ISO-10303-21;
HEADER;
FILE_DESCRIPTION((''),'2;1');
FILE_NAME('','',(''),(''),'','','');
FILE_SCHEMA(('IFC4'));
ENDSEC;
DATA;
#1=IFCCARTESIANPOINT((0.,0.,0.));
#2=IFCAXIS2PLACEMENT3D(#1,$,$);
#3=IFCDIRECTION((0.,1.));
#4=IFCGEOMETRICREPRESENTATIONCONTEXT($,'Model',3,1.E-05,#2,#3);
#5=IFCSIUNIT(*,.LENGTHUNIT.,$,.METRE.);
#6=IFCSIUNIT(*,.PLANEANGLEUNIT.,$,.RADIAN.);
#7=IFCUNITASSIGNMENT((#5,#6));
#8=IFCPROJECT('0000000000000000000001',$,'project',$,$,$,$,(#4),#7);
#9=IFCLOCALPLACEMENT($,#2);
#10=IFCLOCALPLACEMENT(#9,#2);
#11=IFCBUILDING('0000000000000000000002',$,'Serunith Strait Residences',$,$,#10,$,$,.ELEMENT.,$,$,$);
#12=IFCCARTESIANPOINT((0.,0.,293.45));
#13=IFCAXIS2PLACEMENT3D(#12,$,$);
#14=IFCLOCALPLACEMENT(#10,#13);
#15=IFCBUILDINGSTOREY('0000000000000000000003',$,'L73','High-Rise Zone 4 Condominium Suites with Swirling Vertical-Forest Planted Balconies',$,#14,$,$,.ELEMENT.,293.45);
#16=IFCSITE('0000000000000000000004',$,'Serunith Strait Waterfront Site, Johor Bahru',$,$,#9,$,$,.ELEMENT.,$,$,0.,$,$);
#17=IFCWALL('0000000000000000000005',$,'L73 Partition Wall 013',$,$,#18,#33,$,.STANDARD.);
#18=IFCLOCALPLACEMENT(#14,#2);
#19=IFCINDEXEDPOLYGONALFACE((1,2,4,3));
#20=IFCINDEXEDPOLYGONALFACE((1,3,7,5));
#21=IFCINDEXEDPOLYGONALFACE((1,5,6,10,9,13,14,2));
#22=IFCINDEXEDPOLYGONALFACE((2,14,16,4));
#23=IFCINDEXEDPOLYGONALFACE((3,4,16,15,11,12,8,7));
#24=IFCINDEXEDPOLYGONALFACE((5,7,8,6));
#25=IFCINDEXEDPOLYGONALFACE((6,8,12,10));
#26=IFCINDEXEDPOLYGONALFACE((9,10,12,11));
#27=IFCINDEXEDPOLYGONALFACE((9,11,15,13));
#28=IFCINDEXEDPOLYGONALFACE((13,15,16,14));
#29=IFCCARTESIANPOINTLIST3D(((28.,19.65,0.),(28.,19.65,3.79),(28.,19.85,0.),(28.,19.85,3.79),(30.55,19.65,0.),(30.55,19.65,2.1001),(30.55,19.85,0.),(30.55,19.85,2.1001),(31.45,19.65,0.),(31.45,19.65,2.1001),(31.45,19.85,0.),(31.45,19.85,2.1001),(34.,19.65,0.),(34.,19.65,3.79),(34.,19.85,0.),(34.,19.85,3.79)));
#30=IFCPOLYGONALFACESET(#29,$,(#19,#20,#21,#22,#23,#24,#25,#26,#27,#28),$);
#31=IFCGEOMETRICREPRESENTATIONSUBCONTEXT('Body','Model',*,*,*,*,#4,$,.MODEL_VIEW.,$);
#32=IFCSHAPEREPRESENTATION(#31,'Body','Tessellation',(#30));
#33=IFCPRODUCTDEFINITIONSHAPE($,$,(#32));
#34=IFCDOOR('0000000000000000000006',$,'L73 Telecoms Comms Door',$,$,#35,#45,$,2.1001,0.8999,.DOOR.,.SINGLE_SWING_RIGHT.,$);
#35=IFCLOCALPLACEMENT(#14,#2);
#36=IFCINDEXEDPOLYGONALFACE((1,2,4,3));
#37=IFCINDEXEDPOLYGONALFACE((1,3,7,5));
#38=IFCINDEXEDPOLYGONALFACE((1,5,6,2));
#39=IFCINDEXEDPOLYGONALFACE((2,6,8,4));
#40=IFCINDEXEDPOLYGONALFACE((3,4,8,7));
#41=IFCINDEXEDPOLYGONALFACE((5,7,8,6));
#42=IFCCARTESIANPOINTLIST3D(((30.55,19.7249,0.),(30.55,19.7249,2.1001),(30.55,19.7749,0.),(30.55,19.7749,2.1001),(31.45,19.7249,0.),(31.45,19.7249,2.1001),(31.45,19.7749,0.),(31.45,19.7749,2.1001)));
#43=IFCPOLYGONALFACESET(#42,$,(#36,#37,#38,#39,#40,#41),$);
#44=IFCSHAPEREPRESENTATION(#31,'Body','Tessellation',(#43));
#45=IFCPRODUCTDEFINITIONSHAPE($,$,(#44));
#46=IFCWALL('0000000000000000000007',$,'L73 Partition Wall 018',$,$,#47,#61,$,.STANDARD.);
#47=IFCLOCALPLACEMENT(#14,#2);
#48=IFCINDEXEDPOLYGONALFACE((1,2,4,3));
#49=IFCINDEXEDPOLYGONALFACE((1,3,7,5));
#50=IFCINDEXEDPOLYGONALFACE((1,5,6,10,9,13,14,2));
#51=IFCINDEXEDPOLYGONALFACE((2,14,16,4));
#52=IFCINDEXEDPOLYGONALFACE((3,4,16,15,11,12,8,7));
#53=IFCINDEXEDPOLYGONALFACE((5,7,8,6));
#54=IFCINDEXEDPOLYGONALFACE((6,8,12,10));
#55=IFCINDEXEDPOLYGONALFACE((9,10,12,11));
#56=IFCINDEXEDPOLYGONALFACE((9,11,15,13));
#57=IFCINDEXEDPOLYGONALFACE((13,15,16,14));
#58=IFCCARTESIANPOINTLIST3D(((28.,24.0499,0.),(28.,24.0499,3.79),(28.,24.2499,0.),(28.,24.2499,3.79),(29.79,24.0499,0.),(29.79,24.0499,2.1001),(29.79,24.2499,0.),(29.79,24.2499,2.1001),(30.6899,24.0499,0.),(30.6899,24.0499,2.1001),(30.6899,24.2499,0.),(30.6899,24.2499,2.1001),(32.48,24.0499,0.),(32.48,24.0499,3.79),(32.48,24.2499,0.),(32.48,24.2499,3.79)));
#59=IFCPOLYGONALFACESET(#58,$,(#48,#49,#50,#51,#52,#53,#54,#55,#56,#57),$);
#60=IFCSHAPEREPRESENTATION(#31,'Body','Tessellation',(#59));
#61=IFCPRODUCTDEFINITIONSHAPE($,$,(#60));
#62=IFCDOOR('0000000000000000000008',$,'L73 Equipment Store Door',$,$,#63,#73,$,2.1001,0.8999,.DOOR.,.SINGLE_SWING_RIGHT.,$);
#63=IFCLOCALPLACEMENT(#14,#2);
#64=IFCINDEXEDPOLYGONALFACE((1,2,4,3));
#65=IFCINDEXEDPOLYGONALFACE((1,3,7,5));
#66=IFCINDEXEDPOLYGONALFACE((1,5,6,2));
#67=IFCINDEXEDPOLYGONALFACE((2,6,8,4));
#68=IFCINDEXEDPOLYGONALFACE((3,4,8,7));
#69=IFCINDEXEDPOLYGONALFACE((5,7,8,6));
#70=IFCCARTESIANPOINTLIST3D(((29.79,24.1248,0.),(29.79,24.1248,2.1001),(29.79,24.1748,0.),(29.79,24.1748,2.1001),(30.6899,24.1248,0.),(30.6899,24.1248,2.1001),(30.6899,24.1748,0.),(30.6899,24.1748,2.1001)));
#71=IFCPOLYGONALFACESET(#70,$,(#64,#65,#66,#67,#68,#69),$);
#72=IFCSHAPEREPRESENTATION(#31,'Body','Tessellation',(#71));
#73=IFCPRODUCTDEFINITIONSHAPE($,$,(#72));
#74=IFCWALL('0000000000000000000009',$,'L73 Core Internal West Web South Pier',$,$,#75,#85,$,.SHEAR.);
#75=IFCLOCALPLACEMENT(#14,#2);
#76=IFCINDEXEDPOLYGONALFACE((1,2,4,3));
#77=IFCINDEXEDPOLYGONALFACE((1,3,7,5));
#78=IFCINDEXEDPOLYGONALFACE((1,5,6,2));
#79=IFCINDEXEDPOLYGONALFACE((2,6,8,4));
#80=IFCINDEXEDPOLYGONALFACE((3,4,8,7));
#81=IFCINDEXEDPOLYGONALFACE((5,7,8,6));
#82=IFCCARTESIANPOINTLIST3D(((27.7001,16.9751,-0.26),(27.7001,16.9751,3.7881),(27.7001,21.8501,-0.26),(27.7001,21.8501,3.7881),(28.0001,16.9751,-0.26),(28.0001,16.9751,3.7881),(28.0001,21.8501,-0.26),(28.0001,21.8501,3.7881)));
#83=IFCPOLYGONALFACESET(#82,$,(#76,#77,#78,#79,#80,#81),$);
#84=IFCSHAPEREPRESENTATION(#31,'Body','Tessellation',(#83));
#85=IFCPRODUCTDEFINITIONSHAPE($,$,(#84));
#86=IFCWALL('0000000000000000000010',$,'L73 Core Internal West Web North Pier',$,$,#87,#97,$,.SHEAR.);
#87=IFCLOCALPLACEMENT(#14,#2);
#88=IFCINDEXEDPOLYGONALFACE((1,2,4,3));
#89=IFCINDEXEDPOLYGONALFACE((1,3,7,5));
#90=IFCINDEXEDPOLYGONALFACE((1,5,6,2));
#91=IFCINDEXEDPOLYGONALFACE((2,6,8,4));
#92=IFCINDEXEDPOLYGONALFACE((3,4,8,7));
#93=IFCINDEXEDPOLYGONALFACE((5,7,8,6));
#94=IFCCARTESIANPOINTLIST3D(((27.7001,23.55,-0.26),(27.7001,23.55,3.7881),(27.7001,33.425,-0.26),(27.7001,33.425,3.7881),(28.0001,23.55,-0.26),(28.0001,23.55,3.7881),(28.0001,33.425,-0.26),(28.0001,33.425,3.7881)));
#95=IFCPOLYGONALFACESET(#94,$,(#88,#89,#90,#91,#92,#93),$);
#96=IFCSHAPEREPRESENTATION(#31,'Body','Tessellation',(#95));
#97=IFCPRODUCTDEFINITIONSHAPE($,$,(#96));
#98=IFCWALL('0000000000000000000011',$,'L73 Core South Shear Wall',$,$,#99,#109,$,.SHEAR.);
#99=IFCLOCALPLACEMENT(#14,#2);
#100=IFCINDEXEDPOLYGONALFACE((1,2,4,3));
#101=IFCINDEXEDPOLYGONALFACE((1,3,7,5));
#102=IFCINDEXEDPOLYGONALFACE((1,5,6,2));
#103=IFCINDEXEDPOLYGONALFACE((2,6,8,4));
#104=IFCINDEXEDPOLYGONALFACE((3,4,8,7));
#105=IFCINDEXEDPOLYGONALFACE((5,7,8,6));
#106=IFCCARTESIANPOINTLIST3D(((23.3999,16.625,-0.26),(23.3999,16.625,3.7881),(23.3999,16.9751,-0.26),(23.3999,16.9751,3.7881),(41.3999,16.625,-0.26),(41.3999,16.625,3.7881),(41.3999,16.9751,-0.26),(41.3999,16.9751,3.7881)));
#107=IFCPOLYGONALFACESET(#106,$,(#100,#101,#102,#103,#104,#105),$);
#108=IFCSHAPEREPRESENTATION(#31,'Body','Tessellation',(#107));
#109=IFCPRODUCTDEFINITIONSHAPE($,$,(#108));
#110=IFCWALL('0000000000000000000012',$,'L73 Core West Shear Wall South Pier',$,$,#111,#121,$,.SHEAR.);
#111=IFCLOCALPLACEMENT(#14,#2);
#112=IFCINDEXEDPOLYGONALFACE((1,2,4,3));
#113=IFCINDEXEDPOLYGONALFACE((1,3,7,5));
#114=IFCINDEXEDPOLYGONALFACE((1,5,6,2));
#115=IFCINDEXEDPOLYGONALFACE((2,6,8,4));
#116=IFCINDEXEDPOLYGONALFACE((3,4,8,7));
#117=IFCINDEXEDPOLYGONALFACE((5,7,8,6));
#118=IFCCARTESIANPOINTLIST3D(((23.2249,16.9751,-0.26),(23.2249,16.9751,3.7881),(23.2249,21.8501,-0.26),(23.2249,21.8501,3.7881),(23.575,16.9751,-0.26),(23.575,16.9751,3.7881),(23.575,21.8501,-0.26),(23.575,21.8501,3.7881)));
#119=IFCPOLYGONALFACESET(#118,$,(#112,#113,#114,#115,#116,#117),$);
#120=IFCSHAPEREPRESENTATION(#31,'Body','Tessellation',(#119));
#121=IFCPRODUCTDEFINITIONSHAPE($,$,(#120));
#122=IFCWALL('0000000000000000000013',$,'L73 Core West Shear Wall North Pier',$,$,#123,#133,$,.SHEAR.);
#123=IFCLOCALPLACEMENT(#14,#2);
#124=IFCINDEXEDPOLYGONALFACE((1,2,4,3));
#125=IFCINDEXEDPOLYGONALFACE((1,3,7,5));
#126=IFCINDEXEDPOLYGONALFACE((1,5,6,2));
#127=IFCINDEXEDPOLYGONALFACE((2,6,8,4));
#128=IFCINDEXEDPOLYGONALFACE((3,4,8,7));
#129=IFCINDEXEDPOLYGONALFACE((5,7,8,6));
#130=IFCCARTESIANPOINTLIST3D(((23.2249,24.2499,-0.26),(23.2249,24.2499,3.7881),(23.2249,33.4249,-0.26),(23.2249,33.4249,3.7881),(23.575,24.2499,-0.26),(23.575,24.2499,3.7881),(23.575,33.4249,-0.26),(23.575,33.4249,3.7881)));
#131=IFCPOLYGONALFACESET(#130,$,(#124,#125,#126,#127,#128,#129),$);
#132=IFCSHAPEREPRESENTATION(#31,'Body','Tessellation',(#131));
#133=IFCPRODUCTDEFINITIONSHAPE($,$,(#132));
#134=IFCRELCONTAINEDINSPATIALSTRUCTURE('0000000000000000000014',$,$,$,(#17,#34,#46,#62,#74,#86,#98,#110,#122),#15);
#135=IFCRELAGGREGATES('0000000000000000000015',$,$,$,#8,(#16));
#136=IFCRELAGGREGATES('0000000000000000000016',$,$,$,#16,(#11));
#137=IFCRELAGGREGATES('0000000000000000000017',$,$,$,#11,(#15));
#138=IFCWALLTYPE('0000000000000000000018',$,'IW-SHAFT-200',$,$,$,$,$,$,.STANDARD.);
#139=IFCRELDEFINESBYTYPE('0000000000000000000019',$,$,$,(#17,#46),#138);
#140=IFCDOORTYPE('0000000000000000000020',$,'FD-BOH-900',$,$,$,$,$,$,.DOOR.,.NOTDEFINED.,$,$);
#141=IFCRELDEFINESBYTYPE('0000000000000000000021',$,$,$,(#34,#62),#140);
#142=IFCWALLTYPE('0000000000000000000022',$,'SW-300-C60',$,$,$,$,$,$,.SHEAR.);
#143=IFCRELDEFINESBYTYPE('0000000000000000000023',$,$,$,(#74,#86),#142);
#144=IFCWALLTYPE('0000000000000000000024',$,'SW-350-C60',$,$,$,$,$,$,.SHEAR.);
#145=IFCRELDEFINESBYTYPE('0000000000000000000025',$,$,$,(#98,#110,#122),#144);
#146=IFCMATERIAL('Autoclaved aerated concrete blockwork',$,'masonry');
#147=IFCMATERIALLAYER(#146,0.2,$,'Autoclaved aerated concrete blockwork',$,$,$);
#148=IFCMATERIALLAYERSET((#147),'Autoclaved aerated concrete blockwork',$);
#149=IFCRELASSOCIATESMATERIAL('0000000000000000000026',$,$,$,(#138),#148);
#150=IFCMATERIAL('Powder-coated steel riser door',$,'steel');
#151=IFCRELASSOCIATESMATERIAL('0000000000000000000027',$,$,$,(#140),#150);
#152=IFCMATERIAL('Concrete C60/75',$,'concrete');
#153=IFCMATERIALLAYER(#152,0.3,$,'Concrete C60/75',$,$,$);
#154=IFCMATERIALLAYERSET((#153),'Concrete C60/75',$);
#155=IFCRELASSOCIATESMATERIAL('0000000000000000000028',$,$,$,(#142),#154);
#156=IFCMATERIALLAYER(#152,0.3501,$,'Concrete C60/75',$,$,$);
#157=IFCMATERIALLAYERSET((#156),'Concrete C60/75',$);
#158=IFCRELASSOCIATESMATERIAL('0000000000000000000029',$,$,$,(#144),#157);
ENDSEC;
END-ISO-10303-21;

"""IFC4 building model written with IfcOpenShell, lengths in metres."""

from ifc_helpers import new_model, si_unit, direction, frame, frame_2d, origin, place, context, subcontext, project, spatial, rectangle, extrude, source, transform, mapped, material, layer, layer_set, type_object, element, fill, save


model = new_model("IFC4")

# Units and contexts
model_context = context("Model", 3, precision=1e-05, world=origin(), true_north=direction((0.0, 1.0)))
body_context = subcontext(model_context, "Body", "Model", "MODEL_VIEW")
ifc_project = project(units=[si_unit("LENGTHUNIT", "METRE"), si_unit("PLANEANGLEUNIT", "RADIAN")], contexts=[model_context])

# Site, building, storey
site_placement = place(None, origin())
site = spatial("IfcSite", under=ifc_project, at=site_placement, Name="Serunith Strait Waterfront Site, Johor Bahru", CompositionType="ELEMENT", RefElevation=0.0)
building_placement = place(site_placement, origin())
building = spatial("IfcBuilding", under=site, at=building_placement, Name="Serunith Strait Residences", CompositionType="ELEMENT")
storey_placement = place(building_placement, frame((0.0, 0.0, 293.45)))
storey = spatial("IfcBuildingStorey", under=building, at=storey_placement, Name="L73", Description="High-Rise Zone 4 Condominium Suites with Swirling Vertical-Forest Planted Balconies", CompositionType="ELEMENT", Elevation=293.45)

# Shared definitions
ifc_material_1 = material(Name="Autoclaved aerated concrete blockwork", Category="masonry")
ifc_layer_1 = layer(ifc_material_1, 0.2, Name="Autoclaved aerated concrete blockwork")
ifc_layer_set_1 = layer_set([ifc_layer_1], Name="Autoclaved aerated concrete blockwork")
wall_type_1 = type_object("IfcWallType", Name="IW-SHAFT-200", PredefinedType="STANDARD", material=ifc_layer_set_1)

# Walls, openings, doors
wall_1_placement = place(storey_placement, frame((28.0, 19.75, 0.0), z_axis=(0.0, 0.0, 1.0), x_axis=(1.0, 0.0, 0.0)))
wall_1 = element("IfcWall", 1, at=wall_1_placement, inside=storey, type_object=wall_type_1, Name="L73 Partition Wall 013", PredefinedType="STANDARD", context=body_context, shape_type="SweptSolid", body=[
    extrude(rectangle(XDim=6.0, YDim=0.2, at=frame_2d((3.0, 0.0))), origin(), (0.0, 0.0, 1.0), 3.79),
])
opening_1_placement = place(wall_1_placement, frame((2.55, 0.0, 0.0)))
opening_1 = element("IfcOpeningElement", 2, at=opening_1_placement, cuts=wall_1, PredefinedType="OPENING", context=body_context, shape_type="SweptSolid", body=[
    extrude(rectangle(XDim=0.8999, YDim=2.1001, at=frame_2d((0.45, 1.05))), frame((0.0, 0.1099, 0.0), z_axis=(0.0, -1.0, 0.0), x_axis=(1.0, 0.0, 0.0)), (0.0, 0.0, 1.0), 0.22),
])
ifc_material_2 = material(Name="Powder-coated steel riser door", Category="steel")
door_type_1 = type_object("IfcDoorType", Name="FD-BOH-900", OperationType="NOTDEFINED", PredefinedType="DOOR", material=ifc_material_2)
shared_shape_1 = source(origin(), body_context, "Body", "SweptSolid", [
    extrude(rectangle(XDim=0.8999, YDim=2.1001, at=frame_2d((0.45, 1.05))), frame((0.0, 0.0249, 0.0), z_axis=(0.0, -1.0, 0.0), x_axis=(1.0, 0.0, 0.0)), (0.0, 0.0, 1.0), 0.05),
])
door_1_placement = place(opening_1_placement, origin())
door_1 = element("IfcDoor", 3, at=door_1_placement, inside=storey, type_object=door_type_1, Name="L73 Telecoms Comms Door", OperationType="SINGLE_SWING_RIGHT", OverallHeight=2.1001, OverallWidth=0.8999, PredefinedType="DOOR", context=body_context, shape_type="MappedRepresentation", body=[
    mapped(shared_shape_1, transform((0.0, 0.0, 0.0), scale=1.0)),
])
fill(opening_1, door_1)
wall_2_placement = place(storey_placement, frame((28.0, 24.1499, 0.0), z_axis=(0.0, 0.0, 1.0), x_axis=(1.0, 0.0, 0.0)))
wall_2 = element("IfcWall", 4, at=wall_2_placement, inside=storey, type_object=wall_type_1, Name="L73 Partition Wall 018", PredefinedType="STANDARD", context=body_context, shape_type="SweptSolid", body=[
    extrude(rectangle(XDim=4.48, YDim=0.2, at=frame_2d((2.24, 0.0))), origin(), (0.0, 0.0, 1.0), 3.79),
])
opening_2_placement = place(wall_2_placement, frame((1.79, 0.0, 0.0)))
opening_2 = element("IfcOpeningElement", 5, at=opening_2_placement, cuts=wall_2, PredefinedType="OPENING", context=body_context, shape_type="SweptSolid", body=[
    extrude(rectangle(XDim=0.8999, YDim=2.1001, at=frame_2d((0.45, 1.05))), frame((0.0, 0.1099, 0.0), z_axis=(0.0, -1.0, 0.0), x_axis=(1.0, 0.0, 0.0)), (0.0, 0.0, 1.0), 0.22),
])
door_2_placement = place(opening_2_placement, origin())
door_2 = element("IfcDoor", 6, at=door_2_placement, inside=storey, type_object=door_type_1, Name="L73 Equipment Store Door", OperationType="SINGLE_SWING_RIGHT", OverallHeight=2.1001, OverallWidth=0.8999, PredefinedType="DOOR", context=body_context, shape_type="MappedRepresentation", body=[
    mapped(shared_shape_1, transform((0.0, 0.0, 0.0), scale=1.0)),
])
fill(opening_2, door_2)

# Walls
ifc_material_3 = material(Name="Concrete C60/75", Category="concrete")
ifc_layer_2 = layer(ifc_material_3, 0.3, Name="Concrete C60/75")
ifc_layer_set_2 = layer_set([ifc_layer_2], Name="Concrete C60/75")
wall_type_2 = type_object("IfcWallType", Name="SW-300-C60", PredefinedType="SHEAR", material=ifc_layer_set_2)
wall_3_placement = place(storey_placement, frame((27.8501, 16.9751, -0.26), z_axis=(0.0, 0.0, 1.0), x_axis=(0.0, 1.0, 0.0)))
element("IfcWall", 7, at=wall_3_placement, inside=storey, type_object=wall_type_2, Name="L73 Core Internal West Web South Pier", PredefinedType="SHEAR", context=body_context, shape_type="SweptSolid", body=[
    extrude(rectangle(XDim=4.875, YDim=0.3, at=frame_2d((2.4375, 0.0))), origin(), (0.0, 0.0, 1.0), 4.0481),
])
wall_4_placement = place(storey_placement, frame((27.8501, 23.55, -0.26), z_axis=(0.0, 0.0, 1.0), x_axis=(0.0, 1.0, 0.0)))
element("IfcWall", 8, at=wall_4_placement, inside=storey, type_object=wall_type_2, Name="L73 Core Internal West Web North Pier", PredefinedType="SHEAR", context=body_context, shape_type="SweptSolid", body=[
    extrude(rectangle(XDim=9.875, YDim=0.3, at=frame_2d((4.9375, 0.0))), origin(), (0.0, 0.0, 1.0), 4.0481),
])
ifc_layer_3 = layer(ifc_material_3, 0.3501, Name="Concrete C60/75")
ifc_layer_set_3 = layer_set([ifc_layer_3], Name="Concrete C60/75")
wall_type_3 = type_object("IfcWallType", Name="SW-350-C60", PredefinedType="SHEAR", material=ifc_layer_set_3)
wall_5_placement = place(storey_placement, frame((23.3999, 16.8, -0.26), z_axis=(0.0, 0.0, 1.0), x_axis=(1.0, 0.0, 0.0)))
element("IfcWall", 9, at=wall_5_placement, inside=storey, type_object=wall_type_3, Name="L73 Core South Shear Wall", PredefinedType="SHEAR", context=body_context, shape_type="SweptSolid", body=[
    extrude(rectangle(XDim=18.0, YDim=0.3501, at=frame_2d((9.0, 0.0))), origin(), (0.0, 0.0, 1.0), 4.0481),
])
wall_6_placement = place(storey_placement, frame((23.3999, 16.9751, -0.26), z_axis=(0.0, 0.0, 1.0), x_axis=(0.0, 1.0, 0.0)))
element("IfcWall", 10, at=wall_6_placement, inside=storey, type_object=wall_type_3, Name="L73 Core West Shear Wall South Pier", PredefinedType="SHEAR", context=body_context, shape_type="SweptSolid", body=[
    extrude(rectangle(XDim=4.875, YDim=0.3501, at=frame_2d((2.4375, 0.0))), origin(), (0.0, 0.0, 1.0), 4.0481),
])
wall_7_placement = place(storey_placement, frame((23.3999, 24.25, -0.26), z_axis=(0.0, 0.0, 1.0), x_axis=(0.0, 1.0, 0.0)))
element("IfcWall", 11, at=wall_7_placement, inside=storey, type_object=wall_type_3, Name="L73 Core West Shear Wall North Pier", PredefinedType="SHEAR", context=body_context, shape_type="SweptSolid", body=[
    extrude(rectangle(XDim=9.175, YDim=0.3501, at=frame_2d((4.5874, 0.0))), origin(), (0.0, 0.0, 1.0), 4.0481),
])

save(model, "model.ifc")
